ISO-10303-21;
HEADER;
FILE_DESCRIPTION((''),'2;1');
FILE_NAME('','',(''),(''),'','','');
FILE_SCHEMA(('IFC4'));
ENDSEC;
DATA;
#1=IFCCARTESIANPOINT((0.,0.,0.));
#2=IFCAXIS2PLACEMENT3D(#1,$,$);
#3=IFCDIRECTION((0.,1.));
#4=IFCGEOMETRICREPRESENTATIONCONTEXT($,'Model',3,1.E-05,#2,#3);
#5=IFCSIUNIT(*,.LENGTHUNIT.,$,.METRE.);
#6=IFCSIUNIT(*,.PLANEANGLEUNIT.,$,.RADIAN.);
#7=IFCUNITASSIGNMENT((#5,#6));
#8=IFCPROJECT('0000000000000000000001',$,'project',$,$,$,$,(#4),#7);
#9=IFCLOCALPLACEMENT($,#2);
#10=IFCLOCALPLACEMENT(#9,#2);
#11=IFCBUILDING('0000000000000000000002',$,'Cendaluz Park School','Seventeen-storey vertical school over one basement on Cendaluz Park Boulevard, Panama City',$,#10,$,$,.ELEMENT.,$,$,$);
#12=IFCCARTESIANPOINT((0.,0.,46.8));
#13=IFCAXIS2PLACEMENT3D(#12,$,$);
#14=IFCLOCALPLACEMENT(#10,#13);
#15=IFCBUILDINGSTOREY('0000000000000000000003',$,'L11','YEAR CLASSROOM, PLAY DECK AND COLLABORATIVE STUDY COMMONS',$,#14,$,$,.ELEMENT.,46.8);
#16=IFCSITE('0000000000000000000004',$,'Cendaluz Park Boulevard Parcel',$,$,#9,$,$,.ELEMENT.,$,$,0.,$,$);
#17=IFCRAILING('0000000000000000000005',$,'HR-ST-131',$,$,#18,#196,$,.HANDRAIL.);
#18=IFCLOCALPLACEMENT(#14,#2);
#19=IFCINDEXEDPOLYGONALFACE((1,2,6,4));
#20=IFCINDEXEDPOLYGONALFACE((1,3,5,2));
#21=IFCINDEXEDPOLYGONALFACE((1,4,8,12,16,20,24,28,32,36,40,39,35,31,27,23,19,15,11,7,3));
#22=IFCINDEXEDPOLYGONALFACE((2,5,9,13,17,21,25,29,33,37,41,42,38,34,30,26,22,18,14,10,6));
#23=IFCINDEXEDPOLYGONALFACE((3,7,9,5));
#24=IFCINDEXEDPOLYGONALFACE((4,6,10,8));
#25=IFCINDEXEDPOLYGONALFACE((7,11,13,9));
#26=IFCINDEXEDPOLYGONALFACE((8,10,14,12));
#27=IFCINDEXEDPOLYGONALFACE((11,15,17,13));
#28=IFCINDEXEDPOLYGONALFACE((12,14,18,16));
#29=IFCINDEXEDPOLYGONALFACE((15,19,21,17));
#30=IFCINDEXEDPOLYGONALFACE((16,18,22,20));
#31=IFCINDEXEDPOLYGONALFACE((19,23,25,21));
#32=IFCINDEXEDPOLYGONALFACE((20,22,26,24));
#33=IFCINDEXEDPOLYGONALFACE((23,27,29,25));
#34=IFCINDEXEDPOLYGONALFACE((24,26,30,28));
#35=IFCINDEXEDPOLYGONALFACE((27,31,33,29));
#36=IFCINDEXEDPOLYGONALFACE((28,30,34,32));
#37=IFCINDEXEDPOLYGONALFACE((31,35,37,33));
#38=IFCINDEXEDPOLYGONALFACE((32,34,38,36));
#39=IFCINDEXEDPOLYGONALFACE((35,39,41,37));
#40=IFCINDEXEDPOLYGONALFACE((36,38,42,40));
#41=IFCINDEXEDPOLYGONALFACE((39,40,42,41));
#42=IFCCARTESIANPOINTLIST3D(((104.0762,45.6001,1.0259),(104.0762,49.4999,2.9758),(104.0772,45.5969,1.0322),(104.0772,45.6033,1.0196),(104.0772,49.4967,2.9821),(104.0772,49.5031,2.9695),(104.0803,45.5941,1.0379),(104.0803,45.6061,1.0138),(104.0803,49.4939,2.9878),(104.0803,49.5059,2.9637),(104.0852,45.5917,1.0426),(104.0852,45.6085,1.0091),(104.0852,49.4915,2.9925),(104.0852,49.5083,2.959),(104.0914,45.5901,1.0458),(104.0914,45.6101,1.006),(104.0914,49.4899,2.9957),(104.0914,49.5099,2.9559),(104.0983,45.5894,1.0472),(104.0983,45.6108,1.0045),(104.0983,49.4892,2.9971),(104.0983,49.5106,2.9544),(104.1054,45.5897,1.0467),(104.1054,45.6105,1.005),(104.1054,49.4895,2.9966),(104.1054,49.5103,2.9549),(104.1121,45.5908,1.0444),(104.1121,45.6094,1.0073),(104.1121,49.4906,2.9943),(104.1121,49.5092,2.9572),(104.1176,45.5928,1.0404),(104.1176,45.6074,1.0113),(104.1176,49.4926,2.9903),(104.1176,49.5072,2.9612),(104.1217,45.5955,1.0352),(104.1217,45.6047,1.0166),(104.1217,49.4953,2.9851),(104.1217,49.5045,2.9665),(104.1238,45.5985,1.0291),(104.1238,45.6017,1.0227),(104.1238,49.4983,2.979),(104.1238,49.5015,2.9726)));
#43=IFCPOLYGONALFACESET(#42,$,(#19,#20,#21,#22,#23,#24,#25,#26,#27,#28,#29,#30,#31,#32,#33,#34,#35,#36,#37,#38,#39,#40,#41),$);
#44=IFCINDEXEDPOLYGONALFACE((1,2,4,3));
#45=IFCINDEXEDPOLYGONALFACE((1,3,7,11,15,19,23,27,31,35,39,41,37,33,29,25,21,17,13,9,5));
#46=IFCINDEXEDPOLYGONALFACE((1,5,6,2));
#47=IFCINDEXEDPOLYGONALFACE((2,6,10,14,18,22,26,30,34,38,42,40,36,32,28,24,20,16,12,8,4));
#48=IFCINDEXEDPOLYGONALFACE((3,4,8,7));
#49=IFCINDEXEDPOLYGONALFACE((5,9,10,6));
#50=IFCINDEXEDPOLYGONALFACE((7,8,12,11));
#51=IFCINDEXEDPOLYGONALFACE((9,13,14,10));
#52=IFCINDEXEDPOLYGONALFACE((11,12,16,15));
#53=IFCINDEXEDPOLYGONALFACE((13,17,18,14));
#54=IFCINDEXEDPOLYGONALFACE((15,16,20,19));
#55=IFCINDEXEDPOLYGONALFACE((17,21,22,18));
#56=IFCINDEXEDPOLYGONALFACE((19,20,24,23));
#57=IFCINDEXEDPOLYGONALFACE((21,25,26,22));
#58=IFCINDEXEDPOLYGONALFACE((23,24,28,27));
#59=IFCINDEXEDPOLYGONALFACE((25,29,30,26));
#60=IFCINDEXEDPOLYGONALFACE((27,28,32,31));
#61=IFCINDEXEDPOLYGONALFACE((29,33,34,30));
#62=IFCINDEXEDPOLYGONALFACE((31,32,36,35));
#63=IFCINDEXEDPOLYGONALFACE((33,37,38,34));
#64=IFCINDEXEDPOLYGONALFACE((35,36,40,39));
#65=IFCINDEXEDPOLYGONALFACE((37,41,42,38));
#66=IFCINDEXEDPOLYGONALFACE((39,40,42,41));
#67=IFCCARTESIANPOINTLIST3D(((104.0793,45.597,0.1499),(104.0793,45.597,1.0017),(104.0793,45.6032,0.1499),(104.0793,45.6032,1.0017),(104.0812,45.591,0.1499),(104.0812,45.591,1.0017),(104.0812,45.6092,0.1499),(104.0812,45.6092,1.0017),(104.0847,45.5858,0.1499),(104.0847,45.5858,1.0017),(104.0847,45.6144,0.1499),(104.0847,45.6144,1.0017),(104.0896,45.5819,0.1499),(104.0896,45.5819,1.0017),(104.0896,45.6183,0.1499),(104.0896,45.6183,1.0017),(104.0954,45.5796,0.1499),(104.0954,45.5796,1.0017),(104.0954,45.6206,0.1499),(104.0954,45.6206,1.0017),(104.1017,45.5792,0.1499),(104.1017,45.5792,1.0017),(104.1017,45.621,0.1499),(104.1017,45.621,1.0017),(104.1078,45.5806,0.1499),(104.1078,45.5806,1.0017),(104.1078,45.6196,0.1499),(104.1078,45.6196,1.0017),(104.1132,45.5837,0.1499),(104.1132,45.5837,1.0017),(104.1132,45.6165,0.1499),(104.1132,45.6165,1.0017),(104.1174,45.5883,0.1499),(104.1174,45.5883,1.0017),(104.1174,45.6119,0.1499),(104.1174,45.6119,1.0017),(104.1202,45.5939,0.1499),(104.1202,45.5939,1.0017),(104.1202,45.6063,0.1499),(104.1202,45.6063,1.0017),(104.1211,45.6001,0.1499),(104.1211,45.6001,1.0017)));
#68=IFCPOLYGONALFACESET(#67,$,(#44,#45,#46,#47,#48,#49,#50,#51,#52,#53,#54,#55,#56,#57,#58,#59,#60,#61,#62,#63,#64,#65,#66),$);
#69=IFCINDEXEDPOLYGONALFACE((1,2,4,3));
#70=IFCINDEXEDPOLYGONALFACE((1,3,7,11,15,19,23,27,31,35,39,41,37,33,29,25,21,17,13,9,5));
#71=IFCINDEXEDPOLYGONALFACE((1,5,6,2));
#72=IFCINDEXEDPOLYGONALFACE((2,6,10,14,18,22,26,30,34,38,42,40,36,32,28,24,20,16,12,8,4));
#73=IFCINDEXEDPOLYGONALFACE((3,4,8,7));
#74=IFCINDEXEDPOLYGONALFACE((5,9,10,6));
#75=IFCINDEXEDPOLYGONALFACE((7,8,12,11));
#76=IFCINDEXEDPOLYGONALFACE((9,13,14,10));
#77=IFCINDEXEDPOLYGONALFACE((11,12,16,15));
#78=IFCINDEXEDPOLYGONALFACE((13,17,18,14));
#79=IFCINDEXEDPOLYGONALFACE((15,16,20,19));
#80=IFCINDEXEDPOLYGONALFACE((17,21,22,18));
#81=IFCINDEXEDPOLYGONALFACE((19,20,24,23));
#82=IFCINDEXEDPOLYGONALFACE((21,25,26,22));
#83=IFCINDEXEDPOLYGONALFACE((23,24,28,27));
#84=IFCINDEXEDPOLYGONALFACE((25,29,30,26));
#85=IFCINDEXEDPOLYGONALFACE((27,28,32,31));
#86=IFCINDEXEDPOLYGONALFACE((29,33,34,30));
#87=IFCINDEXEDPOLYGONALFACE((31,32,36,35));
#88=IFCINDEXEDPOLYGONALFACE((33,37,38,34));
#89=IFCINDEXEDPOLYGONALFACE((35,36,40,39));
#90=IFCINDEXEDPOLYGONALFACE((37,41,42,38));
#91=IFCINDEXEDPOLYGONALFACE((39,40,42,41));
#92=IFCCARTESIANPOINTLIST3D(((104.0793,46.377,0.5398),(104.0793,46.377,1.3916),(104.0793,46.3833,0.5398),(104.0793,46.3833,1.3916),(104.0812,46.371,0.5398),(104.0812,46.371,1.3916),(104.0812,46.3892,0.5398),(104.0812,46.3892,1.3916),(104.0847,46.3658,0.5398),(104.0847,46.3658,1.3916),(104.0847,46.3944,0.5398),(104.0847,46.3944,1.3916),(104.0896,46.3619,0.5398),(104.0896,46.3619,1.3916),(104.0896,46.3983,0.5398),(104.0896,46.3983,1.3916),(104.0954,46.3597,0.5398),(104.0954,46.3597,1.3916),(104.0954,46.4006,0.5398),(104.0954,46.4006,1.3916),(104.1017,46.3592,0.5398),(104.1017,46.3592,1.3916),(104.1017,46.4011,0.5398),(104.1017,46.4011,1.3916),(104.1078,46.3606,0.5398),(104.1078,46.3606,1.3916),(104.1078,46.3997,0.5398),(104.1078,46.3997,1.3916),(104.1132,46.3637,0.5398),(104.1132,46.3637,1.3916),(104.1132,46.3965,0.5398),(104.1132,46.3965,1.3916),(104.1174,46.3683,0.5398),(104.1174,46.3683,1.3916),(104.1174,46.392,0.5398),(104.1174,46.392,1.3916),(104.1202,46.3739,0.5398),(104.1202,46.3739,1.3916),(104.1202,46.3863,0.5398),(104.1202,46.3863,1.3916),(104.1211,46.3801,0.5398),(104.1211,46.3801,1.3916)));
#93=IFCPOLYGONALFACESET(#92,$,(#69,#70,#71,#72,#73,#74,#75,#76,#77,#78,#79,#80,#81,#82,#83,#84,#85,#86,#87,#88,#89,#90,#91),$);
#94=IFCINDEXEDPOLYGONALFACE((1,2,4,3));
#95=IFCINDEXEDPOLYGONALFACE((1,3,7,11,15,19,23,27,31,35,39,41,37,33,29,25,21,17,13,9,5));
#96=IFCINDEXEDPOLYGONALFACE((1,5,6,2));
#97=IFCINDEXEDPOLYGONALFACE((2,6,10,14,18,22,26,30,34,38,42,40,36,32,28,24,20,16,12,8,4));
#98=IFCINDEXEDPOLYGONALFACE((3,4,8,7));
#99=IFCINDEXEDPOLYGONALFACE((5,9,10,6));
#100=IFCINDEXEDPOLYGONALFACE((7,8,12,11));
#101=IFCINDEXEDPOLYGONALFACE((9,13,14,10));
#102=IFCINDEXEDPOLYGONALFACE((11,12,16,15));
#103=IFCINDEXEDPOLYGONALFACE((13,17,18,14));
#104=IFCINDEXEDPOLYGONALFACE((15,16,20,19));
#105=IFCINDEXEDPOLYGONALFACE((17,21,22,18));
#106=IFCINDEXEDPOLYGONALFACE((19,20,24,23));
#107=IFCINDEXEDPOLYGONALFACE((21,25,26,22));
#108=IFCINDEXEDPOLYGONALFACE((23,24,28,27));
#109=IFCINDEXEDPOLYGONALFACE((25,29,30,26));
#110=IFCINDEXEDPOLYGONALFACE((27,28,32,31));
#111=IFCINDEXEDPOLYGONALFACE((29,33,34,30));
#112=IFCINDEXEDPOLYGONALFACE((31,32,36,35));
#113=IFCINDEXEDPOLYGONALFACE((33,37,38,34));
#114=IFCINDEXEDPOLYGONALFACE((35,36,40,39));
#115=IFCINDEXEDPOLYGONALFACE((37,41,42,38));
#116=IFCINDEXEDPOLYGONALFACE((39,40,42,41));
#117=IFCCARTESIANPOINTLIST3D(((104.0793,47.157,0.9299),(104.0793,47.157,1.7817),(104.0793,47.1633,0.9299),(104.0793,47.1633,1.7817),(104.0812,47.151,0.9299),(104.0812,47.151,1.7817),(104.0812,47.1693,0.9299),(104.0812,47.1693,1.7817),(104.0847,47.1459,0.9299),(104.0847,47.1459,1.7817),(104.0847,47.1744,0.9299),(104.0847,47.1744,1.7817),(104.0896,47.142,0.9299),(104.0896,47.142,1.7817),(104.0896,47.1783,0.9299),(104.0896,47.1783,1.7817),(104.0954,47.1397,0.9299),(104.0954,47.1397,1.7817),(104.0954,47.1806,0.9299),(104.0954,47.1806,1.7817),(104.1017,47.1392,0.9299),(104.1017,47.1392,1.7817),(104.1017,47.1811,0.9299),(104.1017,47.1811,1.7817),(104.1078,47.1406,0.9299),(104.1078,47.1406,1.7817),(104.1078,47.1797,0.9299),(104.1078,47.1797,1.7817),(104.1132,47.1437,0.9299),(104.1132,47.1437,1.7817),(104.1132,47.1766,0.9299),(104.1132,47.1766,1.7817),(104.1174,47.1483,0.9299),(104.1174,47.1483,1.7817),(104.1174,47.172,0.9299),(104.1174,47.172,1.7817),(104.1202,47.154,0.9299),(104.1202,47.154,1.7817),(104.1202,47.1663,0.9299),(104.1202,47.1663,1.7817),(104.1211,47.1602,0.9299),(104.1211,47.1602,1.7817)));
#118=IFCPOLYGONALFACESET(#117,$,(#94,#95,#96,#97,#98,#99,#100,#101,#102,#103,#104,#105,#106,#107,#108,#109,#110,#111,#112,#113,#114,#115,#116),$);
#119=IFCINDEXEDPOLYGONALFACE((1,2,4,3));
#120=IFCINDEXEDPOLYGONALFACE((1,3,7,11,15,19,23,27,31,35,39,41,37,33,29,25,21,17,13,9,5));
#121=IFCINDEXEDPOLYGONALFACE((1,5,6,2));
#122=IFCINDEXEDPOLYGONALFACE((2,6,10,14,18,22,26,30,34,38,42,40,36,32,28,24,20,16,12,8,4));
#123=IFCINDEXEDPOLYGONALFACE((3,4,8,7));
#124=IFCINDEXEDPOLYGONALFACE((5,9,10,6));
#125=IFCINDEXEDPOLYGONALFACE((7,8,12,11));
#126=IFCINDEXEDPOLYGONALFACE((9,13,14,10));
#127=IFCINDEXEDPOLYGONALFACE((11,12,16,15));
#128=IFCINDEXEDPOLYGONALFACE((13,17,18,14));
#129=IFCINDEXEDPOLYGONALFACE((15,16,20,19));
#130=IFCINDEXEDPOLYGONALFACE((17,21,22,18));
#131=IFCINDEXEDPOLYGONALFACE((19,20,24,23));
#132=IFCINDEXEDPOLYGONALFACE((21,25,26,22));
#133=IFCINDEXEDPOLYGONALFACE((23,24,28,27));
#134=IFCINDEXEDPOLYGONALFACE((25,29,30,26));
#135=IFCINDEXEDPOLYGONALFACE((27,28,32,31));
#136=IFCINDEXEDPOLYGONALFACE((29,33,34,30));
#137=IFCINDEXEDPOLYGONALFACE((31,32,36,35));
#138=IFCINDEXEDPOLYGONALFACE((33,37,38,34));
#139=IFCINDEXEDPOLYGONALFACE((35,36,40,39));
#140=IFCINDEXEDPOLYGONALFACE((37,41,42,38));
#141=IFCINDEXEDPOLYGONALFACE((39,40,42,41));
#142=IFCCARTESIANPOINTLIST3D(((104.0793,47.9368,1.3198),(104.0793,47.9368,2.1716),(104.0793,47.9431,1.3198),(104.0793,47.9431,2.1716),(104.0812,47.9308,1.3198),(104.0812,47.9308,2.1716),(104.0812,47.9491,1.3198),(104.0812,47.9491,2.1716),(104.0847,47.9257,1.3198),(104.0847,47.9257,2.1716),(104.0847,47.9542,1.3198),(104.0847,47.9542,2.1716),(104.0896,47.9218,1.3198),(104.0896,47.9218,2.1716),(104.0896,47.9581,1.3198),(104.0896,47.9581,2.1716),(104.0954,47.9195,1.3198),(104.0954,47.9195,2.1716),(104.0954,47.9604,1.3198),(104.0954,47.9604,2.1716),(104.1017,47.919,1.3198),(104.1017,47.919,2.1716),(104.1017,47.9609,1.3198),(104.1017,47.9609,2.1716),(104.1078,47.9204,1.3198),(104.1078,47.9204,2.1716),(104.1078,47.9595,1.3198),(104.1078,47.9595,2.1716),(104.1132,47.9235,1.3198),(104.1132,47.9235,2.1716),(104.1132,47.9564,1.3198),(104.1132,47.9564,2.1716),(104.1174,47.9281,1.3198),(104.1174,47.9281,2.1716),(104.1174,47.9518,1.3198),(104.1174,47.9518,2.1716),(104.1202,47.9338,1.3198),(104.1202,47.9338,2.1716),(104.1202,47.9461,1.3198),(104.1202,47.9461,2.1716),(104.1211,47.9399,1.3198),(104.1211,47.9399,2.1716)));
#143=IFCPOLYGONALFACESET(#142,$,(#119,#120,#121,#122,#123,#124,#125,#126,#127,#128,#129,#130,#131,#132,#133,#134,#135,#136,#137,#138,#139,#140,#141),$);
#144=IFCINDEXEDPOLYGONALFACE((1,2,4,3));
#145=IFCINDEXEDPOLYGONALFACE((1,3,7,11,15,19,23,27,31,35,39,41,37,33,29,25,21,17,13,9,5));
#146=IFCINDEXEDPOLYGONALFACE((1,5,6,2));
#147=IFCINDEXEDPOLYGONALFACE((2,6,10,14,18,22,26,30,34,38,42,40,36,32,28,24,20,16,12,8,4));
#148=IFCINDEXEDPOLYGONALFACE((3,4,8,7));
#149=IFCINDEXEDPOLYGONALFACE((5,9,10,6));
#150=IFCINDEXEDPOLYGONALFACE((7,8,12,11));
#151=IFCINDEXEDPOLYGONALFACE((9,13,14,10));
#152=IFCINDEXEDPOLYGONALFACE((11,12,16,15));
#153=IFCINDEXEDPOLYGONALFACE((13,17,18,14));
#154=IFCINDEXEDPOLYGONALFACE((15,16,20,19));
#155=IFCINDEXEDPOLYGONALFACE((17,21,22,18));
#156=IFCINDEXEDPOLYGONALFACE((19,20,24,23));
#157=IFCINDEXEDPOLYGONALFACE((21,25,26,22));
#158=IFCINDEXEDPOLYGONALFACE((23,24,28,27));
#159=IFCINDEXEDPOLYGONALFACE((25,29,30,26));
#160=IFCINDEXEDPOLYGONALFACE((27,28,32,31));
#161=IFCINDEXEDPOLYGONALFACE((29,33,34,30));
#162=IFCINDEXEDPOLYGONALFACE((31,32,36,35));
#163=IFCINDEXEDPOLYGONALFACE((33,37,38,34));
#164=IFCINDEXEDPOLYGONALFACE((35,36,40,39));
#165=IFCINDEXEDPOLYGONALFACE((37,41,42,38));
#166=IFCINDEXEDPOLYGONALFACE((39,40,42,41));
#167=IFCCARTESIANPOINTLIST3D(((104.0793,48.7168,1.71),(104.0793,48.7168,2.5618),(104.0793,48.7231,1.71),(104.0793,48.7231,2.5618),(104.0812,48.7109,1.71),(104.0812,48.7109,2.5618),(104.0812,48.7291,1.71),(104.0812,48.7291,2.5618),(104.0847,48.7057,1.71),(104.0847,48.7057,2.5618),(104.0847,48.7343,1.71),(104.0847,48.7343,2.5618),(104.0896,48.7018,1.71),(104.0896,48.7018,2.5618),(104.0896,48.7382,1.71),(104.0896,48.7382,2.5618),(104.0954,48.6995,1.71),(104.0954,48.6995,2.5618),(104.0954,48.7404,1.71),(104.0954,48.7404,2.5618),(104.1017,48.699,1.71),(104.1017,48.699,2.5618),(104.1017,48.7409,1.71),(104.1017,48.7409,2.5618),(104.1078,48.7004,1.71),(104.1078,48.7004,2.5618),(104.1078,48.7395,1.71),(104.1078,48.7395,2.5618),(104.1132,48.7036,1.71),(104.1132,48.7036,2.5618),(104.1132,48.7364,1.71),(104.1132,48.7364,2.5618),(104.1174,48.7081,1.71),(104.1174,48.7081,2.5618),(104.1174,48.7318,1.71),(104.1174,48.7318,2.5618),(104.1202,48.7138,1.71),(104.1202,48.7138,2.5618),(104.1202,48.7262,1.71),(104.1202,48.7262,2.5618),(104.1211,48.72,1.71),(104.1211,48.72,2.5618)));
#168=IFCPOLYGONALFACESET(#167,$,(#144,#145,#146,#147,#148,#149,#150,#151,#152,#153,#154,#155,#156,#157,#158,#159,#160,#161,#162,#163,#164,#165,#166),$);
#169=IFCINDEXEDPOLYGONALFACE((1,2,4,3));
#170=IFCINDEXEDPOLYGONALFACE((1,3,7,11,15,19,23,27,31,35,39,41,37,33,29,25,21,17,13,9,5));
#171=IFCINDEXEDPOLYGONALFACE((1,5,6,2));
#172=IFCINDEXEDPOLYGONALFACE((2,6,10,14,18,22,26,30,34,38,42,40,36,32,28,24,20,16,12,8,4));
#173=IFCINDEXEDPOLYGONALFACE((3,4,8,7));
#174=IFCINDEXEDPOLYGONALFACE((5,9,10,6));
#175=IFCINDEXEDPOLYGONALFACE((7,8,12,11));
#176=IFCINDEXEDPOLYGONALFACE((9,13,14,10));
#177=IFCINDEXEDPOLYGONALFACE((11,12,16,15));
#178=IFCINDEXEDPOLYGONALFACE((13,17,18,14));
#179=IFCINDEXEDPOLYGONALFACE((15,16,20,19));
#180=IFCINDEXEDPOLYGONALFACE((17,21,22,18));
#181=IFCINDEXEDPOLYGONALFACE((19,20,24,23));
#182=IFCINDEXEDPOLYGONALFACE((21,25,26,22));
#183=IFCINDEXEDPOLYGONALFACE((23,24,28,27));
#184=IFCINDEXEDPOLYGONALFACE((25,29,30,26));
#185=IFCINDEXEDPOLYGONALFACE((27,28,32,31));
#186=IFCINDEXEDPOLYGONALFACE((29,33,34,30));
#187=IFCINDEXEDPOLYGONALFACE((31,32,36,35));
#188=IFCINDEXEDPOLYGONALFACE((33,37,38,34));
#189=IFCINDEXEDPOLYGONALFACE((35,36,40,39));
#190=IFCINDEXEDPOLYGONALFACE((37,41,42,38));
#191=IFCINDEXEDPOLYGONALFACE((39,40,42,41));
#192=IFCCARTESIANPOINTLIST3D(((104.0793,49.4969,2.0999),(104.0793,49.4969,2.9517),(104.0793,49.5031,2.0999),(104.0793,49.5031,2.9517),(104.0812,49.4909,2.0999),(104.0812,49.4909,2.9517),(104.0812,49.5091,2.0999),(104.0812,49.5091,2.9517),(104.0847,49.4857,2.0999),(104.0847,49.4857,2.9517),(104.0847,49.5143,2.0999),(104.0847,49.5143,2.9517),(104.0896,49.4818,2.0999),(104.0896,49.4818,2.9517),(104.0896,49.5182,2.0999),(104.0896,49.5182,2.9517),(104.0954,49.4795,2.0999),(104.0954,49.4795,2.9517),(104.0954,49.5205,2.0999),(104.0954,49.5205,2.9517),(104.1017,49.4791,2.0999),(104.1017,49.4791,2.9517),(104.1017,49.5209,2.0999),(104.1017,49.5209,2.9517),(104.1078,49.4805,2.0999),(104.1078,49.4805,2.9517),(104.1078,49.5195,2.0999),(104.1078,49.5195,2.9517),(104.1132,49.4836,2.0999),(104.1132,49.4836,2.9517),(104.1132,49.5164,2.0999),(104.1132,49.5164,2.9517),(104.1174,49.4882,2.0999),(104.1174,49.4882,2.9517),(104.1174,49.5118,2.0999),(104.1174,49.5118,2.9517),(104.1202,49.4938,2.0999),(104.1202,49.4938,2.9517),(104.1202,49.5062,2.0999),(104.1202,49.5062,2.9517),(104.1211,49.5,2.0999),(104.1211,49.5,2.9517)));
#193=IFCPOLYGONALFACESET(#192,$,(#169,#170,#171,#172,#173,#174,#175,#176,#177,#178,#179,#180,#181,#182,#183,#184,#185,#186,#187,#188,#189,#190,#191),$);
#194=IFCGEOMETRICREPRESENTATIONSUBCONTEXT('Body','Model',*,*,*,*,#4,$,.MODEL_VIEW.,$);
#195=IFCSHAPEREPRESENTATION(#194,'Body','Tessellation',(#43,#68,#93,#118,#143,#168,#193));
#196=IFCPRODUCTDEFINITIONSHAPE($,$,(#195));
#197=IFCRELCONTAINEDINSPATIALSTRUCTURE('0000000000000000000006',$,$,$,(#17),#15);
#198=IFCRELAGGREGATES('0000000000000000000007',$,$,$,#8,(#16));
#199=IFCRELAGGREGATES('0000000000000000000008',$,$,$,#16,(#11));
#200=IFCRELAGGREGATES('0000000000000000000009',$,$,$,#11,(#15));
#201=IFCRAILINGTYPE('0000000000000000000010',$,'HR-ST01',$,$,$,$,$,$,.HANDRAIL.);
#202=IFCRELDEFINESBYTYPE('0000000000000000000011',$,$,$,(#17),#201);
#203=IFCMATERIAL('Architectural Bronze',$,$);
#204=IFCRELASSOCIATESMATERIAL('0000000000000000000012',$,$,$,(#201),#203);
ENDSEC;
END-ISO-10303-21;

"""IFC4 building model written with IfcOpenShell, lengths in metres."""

from ifc_helpers import new_model, si_unit, direction, frame, origin, origin_2d, place, context, subcontext, project, spatial, circle, extrude, material, type_object, element, save


model = new_model("IFC4")

# Units and contexts
model_context = context("Model", 3, precision=1e-05, world=origin(), true_north=direction((0.0, 1.0)))
body_context = subcontext(model_context, "Body", "Model", "MODEL_VIEW")
ifc_project = project(units=[si_unit("LENGTHUNIT", "METRE"), si_unit("PLANEANGLEUNIT", "RADIAN")], contexts=[model_context])

# Site, building, storey
site_placement = place(None, origin())
site = spatial("IfcSite", under=ifc_project, at=site_placement, Name="Cendaluz Park Boulevard Parcel", CompositionType="ELEMENT", RefElevation=0.0)
building_placement = place(site_placement, origin())
building = spatial("IfcBuilding", under=site, at=building_placement, Name="Cendaluz Park School", Description="Seventeen-storey vertical school over one basement on Cendaluz Park Boulevard, Panama City", CompositionType="ELEMENT")
storey_placement = place(building_placement, frame((0.0, 0.0, 46.8)))
storey = spatial("IfcBuildingStorey", under=building, at=storey_placement, Name="L11", Description="YEAR CLASSROOM, PLAY DECK AND COLLABORATIVE STUDY COMMONS", CompositionType="ELEMENT", Elevation=46.8)

# Railing
ifc_material_1 = material(Name="Architectural Bronze")
railing_type_1 = type_object("IfcRailingType", Name="HR-ST01", PredefinedType="HANDRAIL", material=ifc_material_1)
railing_1_placement = place(storey_placement, frame((104.1001, 45.6001, 0.1499)))
element("IfcRailing", 1, at=railing_1_placement, inside=storey, type_object=railing_type_1, Name="HR-ST-131", PredefinedType="HANDRAIL", context=body_context, shape_type="SweptSolid", body=[
    extrude(circle(Radius=0.0239, at=origin_2d()), frame((0.0, 0.0, 0.876), z_axis=(0.0, 0.894427, 0.447214), x_axis=(-1.0, 0.0, 0.0)), (0.0, 0.0, 1.0), 4.3601),
    extrude(circle(Radius=0.021, at=origin_2d()), origin(), (0.0, 0.0, 1.0), 0.8518),
    extrude(circle(Radius=0.021, at=origin_2d()), frame((0.0, 0.78, 0.3899)), (0.0, 0.0, 1.0), 0.8518),
    extrude(circle(Radius=0.021, at=origin_2d()), frame((0.0, 1.5601, 0.78)), (0.0, 0.0, 1.0), 0.8518),
    extrude(circle(Radius=0.021, at=origin_2d()), frame((0.0, 2.3398, 1.1699)), (0.0, 0.0, 1.0), 0.8518),
    extrude(circle(Radius=0.021, at=origin_2d()), frame((0.0, 3.1199, 1.5601)), (0.0, 0.0, 1.0), 0.8518),
    extrude(circle(Radius=0.021, at=origin_2d()), frame((0.0, 3.8999, 1.95)), (0.0, 0.0, 1.0), 0.8518),
])

save(model, "model.ifc")
